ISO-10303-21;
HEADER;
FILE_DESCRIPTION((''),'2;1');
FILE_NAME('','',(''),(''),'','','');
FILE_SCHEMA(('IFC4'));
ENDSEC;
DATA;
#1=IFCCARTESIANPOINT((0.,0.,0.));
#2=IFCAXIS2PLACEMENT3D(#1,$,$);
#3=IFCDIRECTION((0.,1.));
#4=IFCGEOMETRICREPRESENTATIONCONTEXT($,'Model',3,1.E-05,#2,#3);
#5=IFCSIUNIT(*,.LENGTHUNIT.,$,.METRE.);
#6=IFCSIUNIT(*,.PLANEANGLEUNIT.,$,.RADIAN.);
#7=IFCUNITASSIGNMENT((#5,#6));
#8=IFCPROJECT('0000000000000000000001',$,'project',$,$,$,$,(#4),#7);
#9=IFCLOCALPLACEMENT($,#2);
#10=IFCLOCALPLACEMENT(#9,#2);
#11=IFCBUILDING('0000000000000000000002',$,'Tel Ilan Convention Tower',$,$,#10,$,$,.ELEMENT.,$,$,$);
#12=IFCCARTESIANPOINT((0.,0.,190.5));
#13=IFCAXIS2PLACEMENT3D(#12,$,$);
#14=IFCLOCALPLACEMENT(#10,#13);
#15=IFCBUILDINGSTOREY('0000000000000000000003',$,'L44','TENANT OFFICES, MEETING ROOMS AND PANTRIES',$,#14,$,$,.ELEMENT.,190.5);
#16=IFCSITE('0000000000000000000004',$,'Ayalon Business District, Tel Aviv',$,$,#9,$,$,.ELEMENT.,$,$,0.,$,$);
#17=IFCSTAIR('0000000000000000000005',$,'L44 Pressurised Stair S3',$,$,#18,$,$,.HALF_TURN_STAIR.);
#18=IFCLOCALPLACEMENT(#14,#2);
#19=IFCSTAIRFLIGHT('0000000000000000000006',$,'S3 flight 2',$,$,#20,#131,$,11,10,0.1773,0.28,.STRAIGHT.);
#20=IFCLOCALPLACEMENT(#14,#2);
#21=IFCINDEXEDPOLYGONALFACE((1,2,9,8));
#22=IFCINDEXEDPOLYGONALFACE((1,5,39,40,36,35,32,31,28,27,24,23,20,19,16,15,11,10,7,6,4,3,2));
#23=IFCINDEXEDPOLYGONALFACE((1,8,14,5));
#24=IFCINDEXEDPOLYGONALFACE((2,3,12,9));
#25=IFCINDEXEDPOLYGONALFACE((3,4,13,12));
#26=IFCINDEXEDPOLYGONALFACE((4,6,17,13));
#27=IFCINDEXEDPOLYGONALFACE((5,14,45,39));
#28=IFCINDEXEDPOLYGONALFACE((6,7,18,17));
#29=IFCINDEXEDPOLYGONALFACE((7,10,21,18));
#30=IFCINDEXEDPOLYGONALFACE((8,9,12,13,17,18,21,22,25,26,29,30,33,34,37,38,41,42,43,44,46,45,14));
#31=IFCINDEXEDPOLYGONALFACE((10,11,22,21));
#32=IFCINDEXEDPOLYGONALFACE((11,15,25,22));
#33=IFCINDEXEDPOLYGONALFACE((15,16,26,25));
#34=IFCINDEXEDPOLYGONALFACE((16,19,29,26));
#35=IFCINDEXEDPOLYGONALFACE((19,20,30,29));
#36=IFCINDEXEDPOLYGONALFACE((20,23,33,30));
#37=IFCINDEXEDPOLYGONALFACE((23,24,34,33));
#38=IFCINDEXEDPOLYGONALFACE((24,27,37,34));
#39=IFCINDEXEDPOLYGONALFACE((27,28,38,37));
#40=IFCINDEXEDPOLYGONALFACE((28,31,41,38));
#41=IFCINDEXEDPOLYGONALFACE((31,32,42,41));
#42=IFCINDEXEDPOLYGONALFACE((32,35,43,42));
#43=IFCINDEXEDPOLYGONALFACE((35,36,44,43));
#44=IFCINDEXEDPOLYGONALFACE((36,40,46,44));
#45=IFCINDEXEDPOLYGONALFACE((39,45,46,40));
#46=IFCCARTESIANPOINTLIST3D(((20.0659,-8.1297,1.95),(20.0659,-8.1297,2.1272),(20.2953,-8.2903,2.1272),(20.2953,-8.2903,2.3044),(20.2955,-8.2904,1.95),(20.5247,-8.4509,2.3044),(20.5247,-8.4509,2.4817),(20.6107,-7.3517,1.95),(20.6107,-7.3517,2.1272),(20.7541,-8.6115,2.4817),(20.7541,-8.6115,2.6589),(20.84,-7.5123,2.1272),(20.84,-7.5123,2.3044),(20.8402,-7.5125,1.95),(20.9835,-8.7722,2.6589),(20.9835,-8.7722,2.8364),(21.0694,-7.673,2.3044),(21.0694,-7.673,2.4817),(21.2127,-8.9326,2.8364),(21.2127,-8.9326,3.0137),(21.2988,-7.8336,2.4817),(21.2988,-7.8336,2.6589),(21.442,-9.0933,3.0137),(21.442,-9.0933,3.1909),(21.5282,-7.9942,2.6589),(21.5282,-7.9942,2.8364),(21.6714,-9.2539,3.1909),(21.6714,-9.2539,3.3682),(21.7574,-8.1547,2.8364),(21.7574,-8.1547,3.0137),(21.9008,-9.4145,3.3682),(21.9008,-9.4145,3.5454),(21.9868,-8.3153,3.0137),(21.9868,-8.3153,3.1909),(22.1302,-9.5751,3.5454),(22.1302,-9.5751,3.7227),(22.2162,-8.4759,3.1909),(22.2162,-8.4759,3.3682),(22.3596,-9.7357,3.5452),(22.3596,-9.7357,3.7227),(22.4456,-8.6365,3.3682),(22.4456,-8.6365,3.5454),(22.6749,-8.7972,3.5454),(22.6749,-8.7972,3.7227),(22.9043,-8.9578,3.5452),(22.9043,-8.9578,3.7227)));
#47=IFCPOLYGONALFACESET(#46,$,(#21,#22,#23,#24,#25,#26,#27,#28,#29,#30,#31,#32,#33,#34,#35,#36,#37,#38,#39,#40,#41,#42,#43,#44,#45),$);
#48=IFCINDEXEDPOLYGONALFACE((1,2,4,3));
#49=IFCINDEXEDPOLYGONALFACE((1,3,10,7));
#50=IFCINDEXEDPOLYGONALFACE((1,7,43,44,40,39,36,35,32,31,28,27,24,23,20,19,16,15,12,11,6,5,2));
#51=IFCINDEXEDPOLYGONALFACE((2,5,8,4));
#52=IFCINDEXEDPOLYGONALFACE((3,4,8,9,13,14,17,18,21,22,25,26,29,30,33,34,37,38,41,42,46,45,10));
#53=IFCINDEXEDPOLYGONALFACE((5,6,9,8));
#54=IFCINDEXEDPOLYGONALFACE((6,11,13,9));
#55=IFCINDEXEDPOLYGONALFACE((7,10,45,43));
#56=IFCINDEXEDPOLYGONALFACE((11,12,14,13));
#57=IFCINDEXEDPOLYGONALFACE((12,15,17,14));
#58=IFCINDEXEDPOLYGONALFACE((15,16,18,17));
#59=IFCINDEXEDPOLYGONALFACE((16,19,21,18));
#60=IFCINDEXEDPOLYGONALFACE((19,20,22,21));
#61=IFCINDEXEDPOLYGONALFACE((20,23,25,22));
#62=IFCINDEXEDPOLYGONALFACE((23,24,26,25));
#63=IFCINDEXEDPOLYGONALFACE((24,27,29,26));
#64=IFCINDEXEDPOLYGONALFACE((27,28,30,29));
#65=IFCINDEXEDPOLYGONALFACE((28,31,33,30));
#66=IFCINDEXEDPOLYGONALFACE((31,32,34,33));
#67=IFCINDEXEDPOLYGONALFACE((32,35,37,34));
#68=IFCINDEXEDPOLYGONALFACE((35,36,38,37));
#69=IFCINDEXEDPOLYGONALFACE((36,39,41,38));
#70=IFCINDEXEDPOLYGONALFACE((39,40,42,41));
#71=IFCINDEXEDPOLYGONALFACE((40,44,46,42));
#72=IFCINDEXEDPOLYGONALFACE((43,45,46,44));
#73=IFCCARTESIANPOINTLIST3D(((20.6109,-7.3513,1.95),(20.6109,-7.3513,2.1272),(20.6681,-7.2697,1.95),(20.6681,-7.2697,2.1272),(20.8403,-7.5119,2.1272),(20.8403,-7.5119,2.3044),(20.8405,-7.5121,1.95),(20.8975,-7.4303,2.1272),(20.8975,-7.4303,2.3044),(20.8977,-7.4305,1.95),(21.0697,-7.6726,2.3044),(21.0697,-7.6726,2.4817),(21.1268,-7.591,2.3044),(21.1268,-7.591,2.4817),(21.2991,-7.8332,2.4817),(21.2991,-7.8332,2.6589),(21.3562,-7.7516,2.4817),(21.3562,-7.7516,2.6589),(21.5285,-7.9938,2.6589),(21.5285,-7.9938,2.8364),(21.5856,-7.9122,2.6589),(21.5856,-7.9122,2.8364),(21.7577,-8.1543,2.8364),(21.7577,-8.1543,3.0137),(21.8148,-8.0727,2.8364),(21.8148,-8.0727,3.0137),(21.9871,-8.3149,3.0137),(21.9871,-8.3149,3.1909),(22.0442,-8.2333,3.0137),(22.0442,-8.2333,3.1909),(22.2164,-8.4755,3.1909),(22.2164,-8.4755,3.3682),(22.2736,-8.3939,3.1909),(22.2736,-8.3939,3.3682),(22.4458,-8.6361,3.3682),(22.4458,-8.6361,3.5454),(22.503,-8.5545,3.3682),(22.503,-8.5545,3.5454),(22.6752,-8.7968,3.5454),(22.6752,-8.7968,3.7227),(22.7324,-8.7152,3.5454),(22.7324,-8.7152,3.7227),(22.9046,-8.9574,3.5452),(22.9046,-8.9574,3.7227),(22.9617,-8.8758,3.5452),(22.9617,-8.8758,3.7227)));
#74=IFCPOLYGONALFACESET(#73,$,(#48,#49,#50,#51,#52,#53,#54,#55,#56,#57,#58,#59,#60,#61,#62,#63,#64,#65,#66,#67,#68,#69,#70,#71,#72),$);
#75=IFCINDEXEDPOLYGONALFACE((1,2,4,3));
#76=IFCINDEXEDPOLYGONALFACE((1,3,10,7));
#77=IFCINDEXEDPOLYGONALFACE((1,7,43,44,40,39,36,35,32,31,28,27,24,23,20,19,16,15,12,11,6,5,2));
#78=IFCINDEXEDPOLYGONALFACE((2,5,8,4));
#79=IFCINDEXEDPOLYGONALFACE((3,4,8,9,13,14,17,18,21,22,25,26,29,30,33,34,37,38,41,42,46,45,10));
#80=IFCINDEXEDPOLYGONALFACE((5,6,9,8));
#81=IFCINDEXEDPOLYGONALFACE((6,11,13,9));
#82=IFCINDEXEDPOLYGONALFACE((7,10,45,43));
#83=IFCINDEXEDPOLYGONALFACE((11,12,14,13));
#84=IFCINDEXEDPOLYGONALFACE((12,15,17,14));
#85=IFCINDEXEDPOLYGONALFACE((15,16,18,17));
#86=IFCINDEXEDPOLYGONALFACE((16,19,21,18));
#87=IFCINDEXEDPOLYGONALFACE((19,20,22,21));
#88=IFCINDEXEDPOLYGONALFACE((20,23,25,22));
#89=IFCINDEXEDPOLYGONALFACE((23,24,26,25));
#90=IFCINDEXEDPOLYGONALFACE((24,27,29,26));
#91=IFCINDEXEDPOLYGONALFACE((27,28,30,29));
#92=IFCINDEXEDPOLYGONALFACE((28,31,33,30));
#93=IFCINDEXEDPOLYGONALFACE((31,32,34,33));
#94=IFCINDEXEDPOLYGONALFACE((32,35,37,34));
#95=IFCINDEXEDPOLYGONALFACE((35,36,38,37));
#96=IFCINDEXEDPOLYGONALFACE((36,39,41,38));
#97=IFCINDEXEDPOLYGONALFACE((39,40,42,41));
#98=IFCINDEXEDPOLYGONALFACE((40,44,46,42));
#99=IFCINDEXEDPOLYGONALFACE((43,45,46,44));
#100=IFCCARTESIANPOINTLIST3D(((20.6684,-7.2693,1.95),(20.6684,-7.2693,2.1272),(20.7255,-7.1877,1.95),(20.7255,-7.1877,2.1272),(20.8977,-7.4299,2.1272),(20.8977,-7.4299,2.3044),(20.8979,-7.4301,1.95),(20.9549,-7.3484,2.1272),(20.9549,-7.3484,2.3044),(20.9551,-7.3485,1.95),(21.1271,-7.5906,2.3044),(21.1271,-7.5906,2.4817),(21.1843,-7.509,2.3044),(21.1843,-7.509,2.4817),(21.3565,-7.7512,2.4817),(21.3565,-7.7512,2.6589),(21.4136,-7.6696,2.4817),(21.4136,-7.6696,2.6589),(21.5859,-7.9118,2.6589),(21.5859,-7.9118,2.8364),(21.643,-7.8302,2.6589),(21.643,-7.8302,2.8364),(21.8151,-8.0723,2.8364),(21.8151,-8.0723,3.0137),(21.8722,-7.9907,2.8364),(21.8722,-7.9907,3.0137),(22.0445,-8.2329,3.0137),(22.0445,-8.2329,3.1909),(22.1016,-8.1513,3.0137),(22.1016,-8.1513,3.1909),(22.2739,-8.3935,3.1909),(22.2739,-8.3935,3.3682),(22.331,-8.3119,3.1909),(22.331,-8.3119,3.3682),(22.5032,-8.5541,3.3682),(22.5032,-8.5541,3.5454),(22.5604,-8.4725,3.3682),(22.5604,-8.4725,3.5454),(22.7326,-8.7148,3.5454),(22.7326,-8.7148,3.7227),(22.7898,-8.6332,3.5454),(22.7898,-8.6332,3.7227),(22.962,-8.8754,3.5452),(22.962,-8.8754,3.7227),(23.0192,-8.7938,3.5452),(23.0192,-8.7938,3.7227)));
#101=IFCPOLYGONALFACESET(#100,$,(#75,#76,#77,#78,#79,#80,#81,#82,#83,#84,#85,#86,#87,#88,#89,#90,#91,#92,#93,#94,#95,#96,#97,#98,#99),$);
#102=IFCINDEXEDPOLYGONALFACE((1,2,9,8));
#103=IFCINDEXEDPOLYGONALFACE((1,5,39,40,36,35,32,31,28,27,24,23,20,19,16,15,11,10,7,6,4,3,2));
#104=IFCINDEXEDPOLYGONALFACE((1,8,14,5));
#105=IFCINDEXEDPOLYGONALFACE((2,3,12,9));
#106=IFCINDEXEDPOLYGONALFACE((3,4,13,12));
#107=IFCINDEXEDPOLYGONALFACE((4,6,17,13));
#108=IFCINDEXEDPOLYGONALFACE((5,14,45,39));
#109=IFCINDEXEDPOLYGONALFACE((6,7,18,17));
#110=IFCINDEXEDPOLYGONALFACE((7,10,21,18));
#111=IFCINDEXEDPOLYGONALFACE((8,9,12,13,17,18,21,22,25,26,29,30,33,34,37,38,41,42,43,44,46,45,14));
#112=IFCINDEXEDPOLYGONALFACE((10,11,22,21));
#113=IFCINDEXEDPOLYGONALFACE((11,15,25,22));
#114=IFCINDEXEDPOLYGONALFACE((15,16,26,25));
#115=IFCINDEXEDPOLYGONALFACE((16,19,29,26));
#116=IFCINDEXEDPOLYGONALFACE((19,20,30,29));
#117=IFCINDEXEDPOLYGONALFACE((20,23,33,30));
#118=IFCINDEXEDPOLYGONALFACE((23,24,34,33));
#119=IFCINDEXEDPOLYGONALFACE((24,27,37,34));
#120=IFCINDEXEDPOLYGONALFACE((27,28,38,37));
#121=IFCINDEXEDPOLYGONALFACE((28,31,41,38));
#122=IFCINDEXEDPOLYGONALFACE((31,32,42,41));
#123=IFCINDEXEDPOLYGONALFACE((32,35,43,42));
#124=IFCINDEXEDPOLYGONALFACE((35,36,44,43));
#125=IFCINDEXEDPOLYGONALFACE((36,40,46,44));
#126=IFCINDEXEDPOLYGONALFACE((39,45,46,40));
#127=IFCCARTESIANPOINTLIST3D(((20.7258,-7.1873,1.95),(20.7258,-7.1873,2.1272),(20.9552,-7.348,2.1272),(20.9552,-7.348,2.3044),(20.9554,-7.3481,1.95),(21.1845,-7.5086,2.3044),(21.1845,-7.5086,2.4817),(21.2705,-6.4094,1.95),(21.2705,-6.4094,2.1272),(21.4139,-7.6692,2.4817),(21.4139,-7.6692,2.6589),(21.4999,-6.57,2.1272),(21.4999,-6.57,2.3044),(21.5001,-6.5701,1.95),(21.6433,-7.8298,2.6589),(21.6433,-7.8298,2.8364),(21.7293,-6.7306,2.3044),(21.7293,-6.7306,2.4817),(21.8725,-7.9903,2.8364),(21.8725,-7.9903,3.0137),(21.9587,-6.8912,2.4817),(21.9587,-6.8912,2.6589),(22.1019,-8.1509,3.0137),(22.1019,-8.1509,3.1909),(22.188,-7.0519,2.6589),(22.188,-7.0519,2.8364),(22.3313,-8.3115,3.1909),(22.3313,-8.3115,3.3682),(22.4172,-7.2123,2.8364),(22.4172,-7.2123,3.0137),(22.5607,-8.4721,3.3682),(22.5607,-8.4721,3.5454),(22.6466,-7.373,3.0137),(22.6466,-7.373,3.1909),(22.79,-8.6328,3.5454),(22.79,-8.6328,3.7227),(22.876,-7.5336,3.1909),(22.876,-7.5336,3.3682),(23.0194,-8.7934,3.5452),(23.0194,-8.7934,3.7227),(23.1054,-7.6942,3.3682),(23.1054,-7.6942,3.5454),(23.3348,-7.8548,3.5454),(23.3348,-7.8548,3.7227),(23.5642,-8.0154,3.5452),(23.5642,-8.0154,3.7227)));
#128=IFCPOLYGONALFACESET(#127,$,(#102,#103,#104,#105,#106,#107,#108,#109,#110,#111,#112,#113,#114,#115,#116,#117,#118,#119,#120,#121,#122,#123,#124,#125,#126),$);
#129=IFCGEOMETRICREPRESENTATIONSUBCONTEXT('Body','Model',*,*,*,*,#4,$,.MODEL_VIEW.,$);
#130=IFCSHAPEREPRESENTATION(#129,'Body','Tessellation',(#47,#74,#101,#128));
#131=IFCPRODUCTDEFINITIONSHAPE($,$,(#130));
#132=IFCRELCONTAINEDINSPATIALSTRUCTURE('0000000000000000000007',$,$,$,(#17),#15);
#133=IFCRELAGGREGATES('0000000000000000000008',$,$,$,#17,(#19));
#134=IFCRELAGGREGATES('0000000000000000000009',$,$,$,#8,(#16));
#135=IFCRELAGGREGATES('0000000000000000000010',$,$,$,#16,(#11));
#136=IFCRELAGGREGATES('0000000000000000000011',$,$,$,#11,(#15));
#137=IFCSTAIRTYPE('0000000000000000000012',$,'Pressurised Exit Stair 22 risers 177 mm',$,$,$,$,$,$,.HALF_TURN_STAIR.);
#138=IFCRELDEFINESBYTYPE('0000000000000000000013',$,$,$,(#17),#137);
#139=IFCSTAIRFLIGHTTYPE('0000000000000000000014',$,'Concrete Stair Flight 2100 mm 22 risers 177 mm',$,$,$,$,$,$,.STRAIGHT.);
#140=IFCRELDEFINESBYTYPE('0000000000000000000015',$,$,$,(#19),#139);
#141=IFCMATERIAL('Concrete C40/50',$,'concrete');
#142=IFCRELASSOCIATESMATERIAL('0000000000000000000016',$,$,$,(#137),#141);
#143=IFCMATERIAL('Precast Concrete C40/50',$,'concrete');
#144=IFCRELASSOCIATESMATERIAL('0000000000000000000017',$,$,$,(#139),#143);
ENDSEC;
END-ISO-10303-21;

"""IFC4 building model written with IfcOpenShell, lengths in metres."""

from ifc_helpers import new_model, si_unit, direction, frame, origin, place, context, subcontext, project, spatial, polyline, outline, extrude, material, type_object, element, aggregate, save


model = new_model("IFC4")

# Units and contexts
model_context = context("Model", 3, precision=1e-05, world=origin(), true_north=direction((0.0, 1.0)))
body_context = subcontext(model_context, "Body", "Model", "MODEL_VIEW")
ifc_project = project(units=[si_unit("LENGTHUNIT", "METRE"), si_unit("PLANEANGLEUNIT", "RADIAN")], contexts=[model_context])

# Site, building, storey
site_placement = place(None, origin())
site = spatial("IfcSite", under=ifc_project, at=site_placement, Name="Ayalon Business District, Tel Aviv", CompositionType="ELEMENT", RefElevation=0.0)
building_placement = place(site_placement, origin())
building = spatial("IfcBuilding", under=site, at=building_placement, Name="Tel Ilan Convention Tower", CompositionType="ELEMENT")
storey_placement = place(building_placement, frame((0.0, 0.0, 190.5)))
storey = spatial("IfcBuildingStorey", under=building, at=storey_placement, Name="L44", Description="TENANT OFFICES, MEETING ROOMS AND PANTRIES", CompositionType="ELEMENT", Elevation=190.5)

# Stair, stair flight
ifc_material_1 = material(Name="Concrete C40/50", Category="concrete")
stair_type = type_object("IfcStairType", Name="Pressurised Exit Stair 22 risers 177 mm", PredefinedType="HALF_TURN_STAIR", material=ifc_material_1)
stair_1_placement = place(storey_placement, origin())
stair_1 = element("IfcStair", 1, at=stair_1_placement, inside=storey, type_object=stair_type, Name="L44 Pressurised Stair S3", PredefinedType="HALF_TURN_STAIR")
ifc_material_2 = material(Name="Precast Concrete C40/50", Category="concrete")
stair_flight_type = type_object("IfcStairFlightType", Name="Concrete Stair Flight 2100 mm 22 risers 177 mm", PredefinedType="STRAIGHT", material=ifc_material_2)
stair_flight_1_placement = place(storey_placement, frame((20.6682, -7.2695, 1.95), z_axis=(0.0, 0.0, 1.0), x_axis=(0.819152, -0.573576, 0.0)))
stair_flight_1 = element("IfcStairFlight", 2, at=stair_flight_1_placement, type_object=stair_flight_type, Name="S3 flight 2", NumberOfRisers=11, NumberOfTreads=10, PredefinedType="STRAIGHT", RiserHeight=0.1773, TreadLength=0.28, context=body_context, shape_type="SweptSolid", body=[
    extrude(outline(polyline([(0.0, 0.0), (0.0, 0.1772), (0.28, 0.1772), (0.28, 0.3545), (0.5601, 0.3545), (0.5601, 0.5317), (0.8401, 0.5317), (0.8401, 0.709), (1.1201, 0.709), (1.1201, 0.8865), (1.3999, 0.8865), (1.3999, 1.0637), (1.6799, 1.0637), (1.6799, 1.241), (1.96, 1.241), (1.96, 1.4182), (2.24, 1.4182), (2.24, 1.5955), (2.52, 1.5955), (2.52, 1.7727), (2.8, 1.7727), (2.8, 1.95), (2.8, 1.5952), (0.2803, 0.0), (0.0, 0.0)])), frame((0.0, -0.1003, 0.0), z_axis=(0.0, -1.0, 0.0), x_axis=(1.0, 0.0, 0.0)), (0.0, 0.0, 1.0), 0.9497),
    extrude(outline(polyline([(0.0, 0.0), (0.0, 0.1772), (0.28, 0.1772), (0.28, 0.3545), (0.5601, 0.3545), (0.5601, 0.5317), (0.8401, 0.5317), (0.8401, 0.709), (1.1201, 0.709), (1.1201, 0.8865), (1.3999, 0.8865), (1.3999, 1.0637), (1.6799, 1.0637), (1.6799, 1.241), (1.96, 1.241), (1.96, 1.4182), (2.24, 1.4182), (2.24, 1.5955), (2.52, 1.5955), (2.52, 1.7727), (2.8, 1.7727), (2.8, 1.95), (2.8, 1.5952), (0.2803, 0.0), (0.0, 0.0)])), frame((0.0, -0.0002, 0.0), z_axis=(0.0, -1.0, 0.0), x_axis=(1.0, 0.0, 0.0)), (0.0, 0.0, 1.0), 0.0996),
    extrude(outline(polyline([(0.0, 0.0), (0.0, 0.1772), (0.28, 0.1772), (0.28, 0.3545), (0.5601, 0.3545), (0.5601, 0.5317), (0.8401, 0.5317), (0.8401, 0.709), (1.1201, 0.709), (1.1201, 0.8865), (1.3999, 0.8865), (1.3999, 1.0637), (1.6799, 1.0637), (1.6799, 1.241), (1.96, 1.241), (1.96, 1.4182), (2.24, 1.4182), (2.24, 1.5955), (2.52, 1.5955), (2.52, 1.7727), (2.8, 1.7727), (2.8, 1.95), (2.8, 1.5952), (0.2803, 0.0), (0.0, 0.0)])), frame((0.0, 0.0999, 0.0), z_axis=(0.0, -1.0, 0.0), x_axis=(1.0, 0.0, 0.0)), (0.0, 0.0, 1.0), 0.0996),
    extrude(outline(polyline([(0.0, 0.0), (0.0, 0.1772), (0.28, 0.1772), (0.28, 0.3545), (0.5601, 0.3545), (0.5601, 0.5317), (0.8401, 0.5317), (0.8401, 0.709), (1.1201, 0.709), (1.1201, 0.8865), (1.3999, 0.8865), (1.3999, 1.0637), (1.6799, 1.0637), (1.6799, 1.241), (1.96, 1.241), (1.96, 1.4182), (2.24, 1.4182), (2.24, 1.5955), (2.52, 1.5955), (2.52, 1.7727), (2.8, 1.7727), (2.8, 1.95), (2.8, 1.5952), (0.2803, 0.0), (0.0, 0.0)])), frame((0.0, 1.05, 0.0), z_axis=(0.0, -1.0, 0.0), x_axis=(1.0, 0.0, 0.0)), (0.0, 0.0, 1.0), 0.9497),
])
aggregate(stair_1, [stair_flight_1])

save(model, "model.ifc")
